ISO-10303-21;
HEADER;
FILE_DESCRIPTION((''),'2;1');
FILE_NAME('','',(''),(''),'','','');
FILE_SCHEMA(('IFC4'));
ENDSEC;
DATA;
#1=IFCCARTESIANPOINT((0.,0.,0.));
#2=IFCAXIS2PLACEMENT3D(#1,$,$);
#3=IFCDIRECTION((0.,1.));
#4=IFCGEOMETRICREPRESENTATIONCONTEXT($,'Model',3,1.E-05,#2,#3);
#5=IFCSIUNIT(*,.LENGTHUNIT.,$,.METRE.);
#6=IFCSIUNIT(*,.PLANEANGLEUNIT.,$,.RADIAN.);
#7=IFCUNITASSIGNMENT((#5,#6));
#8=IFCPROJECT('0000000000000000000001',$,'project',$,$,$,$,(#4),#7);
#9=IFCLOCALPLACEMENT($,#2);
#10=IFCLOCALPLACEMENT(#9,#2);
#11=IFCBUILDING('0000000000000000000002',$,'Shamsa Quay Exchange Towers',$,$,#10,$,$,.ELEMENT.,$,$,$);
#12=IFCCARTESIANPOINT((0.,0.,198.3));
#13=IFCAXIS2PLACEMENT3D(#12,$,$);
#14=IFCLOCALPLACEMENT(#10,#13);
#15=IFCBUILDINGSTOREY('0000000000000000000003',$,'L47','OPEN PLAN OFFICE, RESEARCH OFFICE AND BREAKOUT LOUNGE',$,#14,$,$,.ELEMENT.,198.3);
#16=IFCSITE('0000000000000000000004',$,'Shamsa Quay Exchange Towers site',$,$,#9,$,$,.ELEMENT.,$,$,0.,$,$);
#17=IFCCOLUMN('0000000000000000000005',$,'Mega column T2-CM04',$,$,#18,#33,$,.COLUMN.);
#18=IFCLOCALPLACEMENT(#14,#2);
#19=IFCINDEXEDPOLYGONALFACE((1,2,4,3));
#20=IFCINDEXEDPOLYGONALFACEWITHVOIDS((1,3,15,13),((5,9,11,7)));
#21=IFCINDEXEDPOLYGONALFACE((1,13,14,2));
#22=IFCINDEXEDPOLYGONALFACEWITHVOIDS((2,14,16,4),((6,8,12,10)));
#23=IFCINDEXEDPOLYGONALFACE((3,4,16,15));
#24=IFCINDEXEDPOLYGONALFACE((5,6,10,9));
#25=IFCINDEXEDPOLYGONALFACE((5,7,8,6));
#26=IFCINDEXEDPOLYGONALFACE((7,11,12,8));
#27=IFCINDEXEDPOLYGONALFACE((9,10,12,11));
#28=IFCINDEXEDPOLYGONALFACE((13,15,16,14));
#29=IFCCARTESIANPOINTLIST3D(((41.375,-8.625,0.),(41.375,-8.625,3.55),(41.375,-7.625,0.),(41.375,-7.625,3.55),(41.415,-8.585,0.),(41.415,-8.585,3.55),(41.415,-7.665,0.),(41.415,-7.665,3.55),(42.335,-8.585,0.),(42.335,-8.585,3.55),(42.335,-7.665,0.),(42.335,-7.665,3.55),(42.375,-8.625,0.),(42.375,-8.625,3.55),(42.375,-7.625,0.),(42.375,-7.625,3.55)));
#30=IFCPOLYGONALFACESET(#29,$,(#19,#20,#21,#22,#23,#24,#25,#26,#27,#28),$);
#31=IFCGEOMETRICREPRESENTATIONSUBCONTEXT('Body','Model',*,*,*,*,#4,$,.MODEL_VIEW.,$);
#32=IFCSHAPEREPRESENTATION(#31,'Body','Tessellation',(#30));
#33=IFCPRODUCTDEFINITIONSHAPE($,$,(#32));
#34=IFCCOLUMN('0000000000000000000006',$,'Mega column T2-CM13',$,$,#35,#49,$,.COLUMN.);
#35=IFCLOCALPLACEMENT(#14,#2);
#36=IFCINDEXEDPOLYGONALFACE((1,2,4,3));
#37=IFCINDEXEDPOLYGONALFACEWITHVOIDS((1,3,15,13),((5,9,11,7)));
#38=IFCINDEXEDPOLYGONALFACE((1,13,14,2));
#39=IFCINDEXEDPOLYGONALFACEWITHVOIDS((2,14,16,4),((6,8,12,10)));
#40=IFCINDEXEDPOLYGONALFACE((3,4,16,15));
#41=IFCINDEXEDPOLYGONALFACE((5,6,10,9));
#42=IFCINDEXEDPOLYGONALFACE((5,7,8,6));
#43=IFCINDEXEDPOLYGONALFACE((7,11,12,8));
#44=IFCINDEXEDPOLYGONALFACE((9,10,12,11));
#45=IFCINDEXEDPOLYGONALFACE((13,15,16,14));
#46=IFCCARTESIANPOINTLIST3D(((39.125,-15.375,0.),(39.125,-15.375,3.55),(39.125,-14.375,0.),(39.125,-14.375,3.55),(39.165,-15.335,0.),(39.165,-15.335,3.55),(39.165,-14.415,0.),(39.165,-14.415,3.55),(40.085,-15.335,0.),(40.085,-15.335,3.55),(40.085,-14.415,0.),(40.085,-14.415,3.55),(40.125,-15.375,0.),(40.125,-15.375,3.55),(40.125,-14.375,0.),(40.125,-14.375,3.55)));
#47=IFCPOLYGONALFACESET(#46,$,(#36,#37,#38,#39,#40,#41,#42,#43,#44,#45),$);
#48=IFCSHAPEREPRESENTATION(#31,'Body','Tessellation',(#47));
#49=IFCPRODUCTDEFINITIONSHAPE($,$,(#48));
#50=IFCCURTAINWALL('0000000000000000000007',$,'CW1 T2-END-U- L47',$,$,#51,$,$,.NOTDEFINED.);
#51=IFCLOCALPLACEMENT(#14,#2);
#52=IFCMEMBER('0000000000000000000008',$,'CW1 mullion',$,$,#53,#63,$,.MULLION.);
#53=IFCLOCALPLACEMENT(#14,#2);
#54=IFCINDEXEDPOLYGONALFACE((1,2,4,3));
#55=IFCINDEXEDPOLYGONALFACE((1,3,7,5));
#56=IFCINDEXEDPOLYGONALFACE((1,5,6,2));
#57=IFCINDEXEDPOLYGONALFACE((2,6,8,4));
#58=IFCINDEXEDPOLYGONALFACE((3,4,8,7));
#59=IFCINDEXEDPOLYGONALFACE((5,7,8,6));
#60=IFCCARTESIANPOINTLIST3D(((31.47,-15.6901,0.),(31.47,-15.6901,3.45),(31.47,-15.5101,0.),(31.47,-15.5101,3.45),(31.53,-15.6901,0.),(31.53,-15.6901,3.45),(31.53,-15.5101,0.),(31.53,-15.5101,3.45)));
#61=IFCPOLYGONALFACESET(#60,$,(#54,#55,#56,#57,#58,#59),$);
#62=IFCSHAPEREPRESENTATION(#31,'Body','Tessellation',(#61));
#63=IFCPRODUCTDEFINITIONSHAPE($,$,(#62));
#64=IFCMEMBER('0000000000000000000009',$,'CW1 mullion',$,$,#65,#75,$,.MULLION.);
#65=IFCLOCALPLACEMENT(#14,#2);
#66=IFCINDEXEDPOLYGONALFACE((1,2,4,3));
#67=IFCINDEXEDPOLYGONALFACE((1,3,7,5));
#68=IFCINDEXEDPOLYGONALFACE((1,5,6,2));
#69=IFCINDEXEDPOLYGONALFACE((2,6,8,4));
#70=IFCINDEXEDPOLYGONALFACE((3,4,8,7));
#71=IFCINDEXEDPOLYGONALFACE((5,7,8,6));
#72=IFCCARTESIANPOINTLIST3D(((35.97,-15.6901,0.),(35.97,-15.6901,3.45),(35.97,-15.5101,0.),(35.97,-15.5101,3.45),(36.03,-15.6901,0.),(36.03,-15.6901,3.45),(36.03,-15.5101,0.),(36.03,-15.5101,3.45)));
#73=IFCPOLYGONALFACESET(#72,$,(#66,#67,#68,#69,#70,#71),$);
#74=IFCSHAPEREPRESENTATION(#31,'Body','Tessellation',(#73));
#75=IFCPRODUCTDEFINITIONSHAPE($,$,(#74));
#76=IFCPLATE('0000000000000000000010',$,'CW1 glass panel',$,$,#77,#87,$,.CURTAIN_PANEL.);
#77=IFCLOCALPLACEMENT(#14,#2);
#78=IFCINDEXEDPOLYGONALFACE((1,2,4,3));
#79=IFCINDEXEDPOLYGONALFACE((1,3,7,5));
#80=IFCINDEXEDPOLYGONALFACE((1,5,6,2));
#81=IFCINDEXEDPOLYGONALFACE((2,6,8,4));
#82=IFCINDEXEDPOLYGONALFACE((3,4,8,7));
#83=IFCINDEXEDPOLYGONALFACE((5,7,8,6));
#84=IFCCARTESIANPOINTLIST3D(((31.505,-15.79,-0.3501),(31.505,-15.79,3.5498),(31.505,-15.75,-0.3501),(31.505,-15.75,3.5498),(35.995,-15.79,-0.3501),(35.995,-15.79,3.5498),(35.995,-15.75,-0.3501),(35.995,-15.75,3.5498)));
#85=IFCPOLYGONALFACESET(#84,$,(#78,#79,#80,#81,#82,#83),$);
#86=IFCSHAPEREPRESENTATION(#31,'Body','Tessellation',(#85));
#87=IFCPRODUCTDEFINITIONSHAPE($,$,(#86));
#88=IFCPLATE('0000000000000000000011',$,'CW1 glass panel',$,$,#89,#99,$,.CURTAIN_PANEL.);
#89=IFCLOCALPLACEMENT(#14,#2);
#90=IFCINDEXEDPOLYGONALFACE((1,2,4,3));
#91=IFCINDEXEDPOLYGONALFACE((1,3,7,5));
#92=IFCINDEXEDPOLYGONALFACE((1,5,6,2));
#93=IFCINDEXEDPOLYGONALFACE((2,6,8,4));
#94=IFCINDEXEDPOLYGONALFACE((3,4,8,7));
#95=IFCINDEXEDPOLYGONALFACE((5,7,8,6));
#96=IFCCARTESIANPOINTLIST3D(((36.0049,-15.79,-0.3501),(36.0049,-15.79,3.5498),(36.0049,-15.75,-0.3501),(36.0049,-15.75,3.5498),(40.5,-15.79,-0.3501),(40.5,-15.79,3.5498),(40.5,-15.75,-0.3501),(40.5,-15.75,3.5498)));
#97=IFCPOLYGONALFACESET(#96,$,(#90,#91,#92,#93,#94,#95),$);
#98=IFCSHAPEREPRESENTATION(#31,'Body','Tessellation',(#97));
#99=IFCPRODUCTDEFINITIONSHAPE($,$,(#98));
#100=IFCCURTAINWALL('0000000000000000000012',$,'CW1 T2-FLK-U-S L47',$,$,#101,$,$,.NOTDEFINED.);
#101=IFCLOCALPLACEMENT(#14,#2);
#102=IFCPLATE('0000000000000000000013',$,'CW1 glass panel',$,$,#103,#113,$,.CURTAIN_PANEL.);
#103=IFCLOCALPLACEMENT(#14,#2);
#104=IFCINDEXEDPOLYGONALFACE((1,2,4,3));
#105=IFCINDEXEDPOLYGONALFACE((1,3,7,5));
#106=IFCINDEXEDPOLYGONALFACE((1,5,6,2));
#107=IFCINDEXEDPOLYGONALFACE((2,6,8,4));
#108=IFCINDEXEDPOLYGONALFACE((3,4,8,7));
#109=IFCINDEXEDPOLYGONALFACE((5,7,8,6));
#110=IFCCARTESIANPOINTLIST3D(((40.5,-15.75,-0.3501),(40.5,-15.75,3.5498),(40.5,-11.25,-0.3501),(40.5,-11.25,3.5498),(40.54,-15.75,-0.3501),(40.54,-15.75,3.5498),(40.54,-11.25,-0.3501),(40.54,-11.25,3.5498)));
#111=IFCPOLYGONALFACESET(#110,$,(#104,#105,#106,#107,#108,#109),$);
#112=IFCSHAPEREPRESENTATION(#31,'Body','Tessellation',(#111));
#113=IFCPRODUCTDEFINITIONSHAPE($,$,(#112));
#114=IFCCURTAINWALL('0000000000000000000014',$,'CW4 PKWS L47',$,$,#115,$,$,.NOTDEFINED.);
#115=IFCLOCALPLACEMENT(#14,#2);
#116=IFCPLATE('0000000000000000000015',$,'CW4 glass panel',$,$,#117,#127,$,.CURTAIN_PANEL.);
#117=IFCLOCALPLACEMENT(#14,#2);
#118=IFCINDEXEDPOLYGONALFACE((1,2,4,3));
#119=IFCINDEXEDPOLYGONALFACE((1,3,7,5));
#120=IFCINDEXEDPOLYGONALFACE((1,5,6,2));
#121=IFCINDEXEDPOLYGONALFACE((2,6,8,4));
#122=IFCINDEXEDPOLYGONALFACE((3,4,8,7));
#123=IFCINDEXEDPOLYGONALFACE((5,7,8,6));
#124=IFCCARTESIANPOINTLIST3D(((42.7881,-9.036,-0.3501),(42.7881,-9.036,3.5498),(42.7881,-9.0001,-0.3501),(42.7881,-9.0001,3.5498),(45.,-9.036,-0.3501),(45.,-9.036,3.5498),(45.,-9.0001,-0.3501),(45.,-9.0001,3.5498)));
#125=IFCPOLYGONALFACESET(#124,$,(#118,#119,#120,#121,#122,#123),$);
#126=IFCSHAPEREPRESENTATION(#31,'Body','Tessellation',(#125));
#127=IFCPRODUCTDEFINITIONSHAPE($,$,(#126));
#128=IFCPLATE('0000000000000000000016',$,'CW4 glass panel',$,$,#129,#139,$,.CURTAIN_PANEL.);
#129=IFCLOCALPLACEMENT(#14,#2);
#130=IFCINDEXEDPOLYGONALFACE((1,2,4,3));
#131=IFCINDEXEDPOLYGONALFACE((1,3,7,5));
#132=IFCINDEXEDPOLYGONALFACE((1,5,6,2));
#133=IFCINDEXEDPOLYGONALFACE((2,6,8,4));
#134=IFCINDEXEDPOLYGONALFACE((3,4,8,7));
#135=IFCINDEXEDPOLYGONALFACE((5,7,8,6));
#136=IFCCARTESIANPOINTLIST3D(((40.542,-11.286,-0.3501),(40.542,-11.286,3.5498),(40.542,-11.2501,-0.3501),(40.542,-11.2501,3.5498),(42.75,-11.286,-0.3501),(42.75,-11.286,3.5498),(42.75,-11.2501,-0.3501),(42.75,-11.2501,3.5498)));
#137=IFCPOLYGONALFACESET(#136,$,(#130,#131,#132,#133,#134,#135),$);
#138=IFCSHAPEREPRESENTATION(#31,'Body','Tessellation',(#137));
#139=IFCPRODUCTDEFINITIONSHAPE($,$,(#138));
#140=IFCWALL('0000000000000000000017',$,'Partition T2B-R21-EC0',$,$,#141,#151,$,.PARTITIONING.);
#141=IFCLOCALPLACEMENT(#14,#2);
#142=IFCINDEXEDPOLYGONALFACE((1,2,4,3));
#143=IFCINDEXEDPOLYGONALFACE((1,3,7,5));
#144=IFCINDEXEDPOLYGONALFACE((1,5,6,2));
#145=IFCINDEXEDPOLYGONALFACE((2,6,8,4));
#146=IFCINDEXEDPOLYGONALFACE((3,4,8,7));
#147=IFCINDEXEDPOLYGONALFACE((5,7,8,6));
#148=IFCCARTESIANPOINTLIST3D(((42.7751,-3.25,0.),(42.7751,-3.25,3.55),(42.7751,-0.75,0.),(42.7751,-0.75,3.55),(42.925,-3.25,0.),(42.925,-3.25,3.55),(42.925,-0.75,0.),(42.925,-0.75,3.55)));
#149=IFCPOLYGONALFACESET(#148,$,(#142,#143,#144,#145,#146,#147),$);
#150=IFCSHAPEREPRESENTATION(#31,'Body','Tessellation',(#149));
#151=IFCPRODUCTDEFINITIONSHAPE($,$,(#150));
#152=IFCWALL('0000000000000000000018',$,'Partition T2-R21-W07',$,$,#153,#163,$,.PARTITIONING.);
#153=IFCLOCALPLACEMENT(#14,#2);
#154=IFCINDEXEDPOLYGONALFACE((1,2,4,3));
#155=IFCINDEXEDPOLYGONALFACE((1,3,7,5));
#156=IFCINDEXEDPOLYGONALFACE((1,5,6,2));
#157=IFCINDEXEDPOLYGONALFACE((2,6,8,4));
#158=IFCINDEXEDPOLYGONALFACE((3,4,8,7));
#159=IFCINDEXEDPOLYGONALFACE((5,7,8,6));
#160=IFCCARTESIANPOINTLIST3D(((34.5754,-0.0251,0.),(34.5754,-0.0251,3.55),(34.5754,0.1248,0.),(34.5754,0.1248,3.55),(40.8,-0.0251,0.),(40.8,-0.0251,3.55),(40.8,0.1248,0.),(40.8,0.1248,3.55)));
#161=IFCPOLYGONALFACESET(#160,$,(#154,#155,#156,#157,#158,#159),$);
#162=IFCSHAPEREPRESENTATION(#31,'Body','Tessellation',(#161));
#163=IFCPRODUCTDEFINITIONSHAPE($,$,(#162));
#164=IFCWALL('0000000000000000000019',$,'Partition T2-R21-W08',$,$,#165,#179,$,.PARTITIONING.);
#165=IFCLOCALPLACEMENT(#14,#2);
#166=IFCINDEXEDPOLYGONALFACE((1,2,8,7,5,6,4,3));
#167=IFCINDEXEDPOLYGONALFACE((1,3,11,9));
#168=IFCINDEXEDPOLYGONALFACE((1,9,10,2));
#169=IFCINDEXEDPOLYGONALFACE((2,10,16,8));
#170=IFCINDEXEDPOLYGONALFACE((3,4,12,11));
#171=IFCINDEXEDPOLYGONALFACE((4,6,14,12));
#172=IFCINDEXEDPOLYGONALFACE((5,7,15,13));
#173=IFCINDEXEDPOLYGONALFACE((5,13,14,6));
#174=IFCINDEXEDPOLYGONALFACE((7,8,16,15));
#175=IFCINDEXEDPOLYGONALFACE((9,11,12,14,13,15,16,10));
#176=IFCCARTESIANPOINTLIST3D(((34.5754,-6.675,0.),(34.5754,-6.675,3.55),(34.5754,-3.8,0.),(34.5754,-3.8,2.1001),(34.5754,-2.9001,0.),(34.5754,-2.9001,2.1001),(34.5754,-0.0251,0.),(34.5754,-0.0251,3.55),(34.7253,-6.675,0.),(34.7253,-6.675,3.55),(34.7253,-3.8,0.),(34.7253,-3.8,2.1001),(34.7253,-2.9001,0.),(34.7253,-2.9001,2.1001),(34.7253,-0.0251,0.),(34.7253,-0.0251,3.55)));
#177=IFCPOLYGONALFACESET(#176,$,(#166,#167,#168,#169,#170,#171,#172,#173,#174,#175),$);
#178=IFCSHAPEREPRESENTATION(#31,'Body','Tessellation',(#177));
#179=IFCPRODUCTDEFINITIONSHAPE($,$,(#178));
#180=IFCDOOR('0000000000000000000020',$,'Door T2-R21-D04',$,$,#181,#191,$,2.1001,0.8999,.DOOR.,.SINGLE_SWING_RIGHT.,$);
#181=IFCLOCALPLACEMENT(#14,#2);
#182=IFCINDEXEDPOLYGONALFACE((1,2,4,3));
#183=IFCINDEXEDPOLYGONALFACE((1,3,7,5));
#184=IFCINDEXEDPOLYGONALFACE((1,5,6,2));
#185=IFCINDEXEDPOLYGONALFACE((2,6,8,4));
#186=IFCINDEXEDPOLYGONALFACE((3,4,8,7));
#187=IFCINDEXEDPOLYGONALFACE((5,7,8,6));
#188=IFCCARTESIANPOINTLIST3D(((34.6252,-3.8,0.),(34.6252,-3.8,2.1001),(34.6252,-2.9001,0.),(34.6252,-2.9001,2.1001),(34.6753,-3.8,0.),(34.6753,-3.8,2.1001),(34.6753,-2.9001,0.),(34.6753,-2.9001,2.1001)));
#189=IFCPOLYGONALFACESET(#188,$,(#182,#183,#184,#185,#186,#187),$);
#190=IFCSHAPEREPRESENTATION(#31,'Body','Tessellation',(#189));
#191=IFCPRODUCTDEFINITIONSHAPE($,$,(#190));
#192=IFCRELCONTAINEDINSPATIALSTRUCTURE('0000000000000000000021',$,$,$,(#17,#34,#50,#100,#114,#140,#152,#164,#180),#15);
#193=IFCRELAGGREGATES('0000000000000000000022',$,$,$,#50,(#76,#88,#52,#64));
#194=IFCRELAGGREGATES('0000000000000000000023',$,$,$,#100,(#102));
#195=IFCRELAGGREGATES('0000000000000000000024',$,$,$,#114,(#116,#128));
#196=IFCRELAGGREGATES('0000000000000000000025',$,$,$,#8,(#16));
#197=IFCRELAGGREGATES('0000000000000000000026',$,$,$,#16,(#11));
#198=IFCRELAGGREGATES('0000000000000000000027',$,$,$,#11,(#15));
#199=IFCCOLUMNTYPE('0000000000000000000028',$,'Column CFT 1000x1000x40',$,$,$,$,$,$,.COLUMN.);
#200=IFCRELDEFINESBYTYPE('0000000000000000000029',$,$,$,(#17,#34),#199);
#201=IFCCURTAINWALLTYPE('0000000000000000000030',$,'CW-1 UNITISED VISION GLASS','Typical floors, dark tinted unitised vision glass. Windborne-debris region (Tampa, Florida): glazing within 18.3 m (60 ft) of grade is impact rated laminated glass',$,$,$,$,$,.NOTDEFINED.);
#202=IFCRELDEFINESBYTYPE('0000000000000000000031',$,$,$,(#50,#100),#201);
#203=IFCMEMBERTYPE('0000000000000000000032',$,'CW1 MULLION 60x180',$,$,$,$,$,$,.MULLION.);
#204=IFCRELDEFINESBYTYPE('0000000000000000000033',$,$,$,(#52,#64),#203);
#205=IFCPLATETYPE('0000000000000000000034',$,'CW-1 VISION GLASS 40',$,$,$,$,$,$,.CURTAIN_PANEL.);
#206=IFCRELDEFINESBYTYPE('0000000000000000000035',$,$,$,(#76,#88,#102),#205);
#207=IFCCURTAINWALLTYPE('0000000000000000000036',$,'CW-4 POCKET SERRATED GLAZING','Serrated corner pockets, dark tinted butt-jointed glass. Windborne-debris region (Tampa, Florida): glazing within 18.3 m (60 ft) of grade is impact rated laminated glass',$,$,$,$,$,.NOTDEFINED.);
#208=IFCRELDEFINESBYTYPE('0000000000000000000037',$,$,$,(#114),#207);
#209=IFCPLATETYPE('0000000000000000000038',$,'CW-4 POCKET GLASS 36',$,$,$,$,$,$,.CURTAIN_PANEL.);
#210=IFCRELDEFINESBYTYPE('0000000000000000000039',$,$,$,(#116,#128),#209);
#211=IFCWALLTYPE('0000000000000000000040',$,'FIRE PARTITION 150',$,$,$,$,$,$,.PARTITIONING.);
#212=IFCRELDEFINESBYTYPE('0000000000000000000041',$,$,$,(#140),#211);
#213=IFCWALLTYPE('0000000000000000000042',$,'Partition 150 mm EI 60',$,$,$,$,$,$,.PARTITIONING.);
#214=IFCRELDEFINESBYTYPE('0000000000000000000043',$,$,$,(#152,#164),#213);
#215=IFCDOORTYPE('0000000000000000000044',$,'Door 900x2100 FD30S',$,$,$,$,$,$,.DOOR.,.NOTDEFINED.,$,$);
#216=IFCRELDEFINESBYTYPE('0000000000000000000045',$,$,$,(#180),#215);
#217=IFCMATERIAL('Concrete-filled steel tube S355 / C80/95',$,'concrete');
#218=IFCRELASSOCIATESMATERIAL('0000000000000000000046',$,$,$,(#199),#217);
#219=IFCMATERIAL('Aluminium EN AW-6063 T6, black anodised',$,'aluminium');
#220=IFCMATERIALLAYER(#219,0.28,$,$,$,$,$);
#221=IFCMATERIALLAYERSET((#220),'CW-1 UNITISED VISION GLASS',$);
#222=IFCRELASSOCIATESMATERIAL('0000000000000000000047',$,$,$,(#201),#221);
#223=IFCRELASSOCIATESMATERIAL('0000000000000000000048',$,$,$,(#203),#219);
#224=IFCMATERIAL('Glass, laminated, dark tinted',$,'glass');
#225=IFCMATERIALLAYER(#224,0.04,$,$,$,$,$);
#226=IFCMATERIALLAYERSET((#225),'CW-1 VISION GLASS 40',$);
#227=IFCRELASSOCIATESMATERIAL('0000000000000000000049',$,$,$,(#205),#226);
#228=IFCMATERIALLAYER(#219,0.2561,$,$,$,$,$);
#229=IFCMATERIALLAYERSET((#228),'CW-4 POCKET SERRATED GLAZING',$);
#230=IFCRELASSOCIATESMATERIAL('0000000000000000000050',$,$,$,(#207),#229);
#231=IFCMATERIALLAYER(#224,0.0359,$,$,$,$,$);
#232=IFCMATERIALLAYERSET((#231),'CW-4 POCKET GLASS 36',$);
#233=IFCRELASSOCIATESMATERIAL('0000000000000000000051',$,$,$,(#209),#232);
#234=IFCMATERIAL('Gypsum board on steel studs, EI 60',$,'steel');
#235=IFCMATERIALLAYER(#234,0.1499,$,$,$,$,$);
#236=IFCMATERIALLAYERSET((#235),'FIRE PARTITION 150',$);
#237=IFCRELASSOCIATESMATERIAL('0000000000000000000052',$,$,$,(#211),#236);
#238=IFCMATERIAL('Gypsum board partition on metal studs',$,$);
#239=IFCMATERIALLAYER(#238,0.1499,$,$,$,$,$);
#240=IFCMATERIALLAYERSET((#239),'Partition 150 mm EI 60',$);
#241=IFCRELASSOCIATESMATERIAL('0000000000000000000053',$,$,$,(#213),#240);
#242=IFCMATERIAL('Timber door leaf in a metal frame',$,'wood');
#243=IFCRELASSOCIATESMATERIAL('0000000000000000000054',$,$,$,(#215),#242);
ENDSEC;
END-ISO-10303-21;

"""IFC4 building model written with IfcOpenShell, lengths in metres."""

from ifc_helpers import new_model, si_unit, direction, frame, frame_2d, origin, origin_2d, place, context, subcontext, project, spatial, rectangle, hollow_rectangle, extrude, material, layer, layer_set, material_profile, profile_set, type_object, element, fill, aggregate, save


model = new_model("IFC4")

# Units and contexts
model_context = context("Model", 3, precision=1e-05, world=origin(), true_north=direction((0.0, 1.0)))
body_context = subcontext(model_context, "Body", "Model", "MODEL_VIEW")
ifc_project = project(units=[si_unit("LENGTHUNIT", "METRE"), si_unit("PLANEANGLEUNIT", "RADIAN")], contexts=[model_context])

# Site, building, storey
site_placement = place(None, origin())
site = spatial("IfcSite", under=ifc_project, at=site_placement, Name="Shamsa Quay Exchange Towers site", CompositionType="ELEMENT", RefElevation=0.0)
building_placement = place(site_placement, origin())
building = spatial("IfcBuilding", under=site, at=building_placement, Name="Shamsa Quay Exchange Towers", CompositionType="ELEMENT")
storey_placement = place(building_placement, frame((0.0, 0.0, 198.3)))
storey = spatial("IfcBuildingStorey", under=building, at=storey_placement, Name="L47", Description="OPEN PLAN OFFICE, RESEARCH OFFICE AND BREAKOUT LOUNGE", CompositionType="ELEMENT", Elevation=198.3)

# Columns
ifc_material_1 = material(Name="Concrete-filled steel tube S355 / C80/95", Category="concrete")
ifc_material_profile_1 = material_profile(ifc_material_1, hollow_rectangle(XDim=1.0, YDim=1.0, WallThickness=0.04, at=origin_2d()), Name="CFT 1000x1000x40")
ifc_profile_set_1 = profile_set([ifc_material_profile_1], Name="Concrete-filled steel tube S355 / C80/95")
column_type = type_object("IfcColumnType", Name="Column CFT 1000x1000x40", PredefinedType="COLUMN", material=ifc_profile_set_1)
for number, where, name in (
    (1, (41.875, -8.125, 0.0), "Mega column T2-CM04"),
    (2, (39.625, -14.875, 0.0), "Mega column T2-CM13"),
):
    element("IfcColumn", number, at=place(storey_placement, frame(where)), inside=storey, type_object=column_type, Name=name, PredefinedType="COLUMN", context=body_context, shape_type="SweptSolid", body=[
        extrude(hollow_rectangle(XDim=1.0, YDim=1.0, WallThickness=0.04, at=origin_2d()), origin(), (0.0, 0.0, 1.0), 3.55),
    ])

# Curtain wall, members, plates
ifc_material_2 = material(Name="Aluminium EN AW-6063 T6, black anodised", Category="aluminium")
ifc_layer_1 = layer(ifc_material_2, 0.28)
ifc_layer_set_1 = layer_set([ifc_layer_1], Name="CW-1 UNITISED VISION GLASS")
curtain_wall_type_1 = type_object("IfcCurtainWallType", Name="CW-1 UNITISED VISION GLASS", Description="Typical floors, dark tinted unitised vision glass. Windborne-debris region (Tampa, Florida): glazing within 18.3 m (60 ft) of grade is impact rated laminated glass", PredefinedType="NOTDEFINED", material=ifc_layer_set_1)
curtain_wall_1_placement = place(storey_placement, origin())
curtain_wall_1 = element("IfcCurtainWall", 3, at=curtain_wall_1_placement, inside=storey, type_object=curtain_wall_type_1, Name="CW1 T2-END-U- L47", PredefinedType="NOTDEFINED")
ifc_material_profile_2 = material_profile(ifc_material_2, rectangle(XDim=0.1799, YDim=0.0601, at=origin_2d()), Name="MU60x180")
ifc_profile_set_2 = profile_set([ifc_material_profile_2], Name="Aluminium EN AW-6063 T6, black anodised")
member_type = type_object("IfcMemberType", Name="CW1 MULLION 60x180", PredefinedType="MULLION", material=ifc_profile_set_2)
member_1_placement = place(storey_placement, frame((31.5, -15.6001, 0.0), z_axis=(0.0, 0.0, 1.0), x_axis=(0.0, 1.0, 0.0)))
member_1 = element("IfcMember", 4, at=member_1_placement, type_object=member_type, Name="CW1 mullion", PredefinedType="MULLION", context=body_context, shape_type="SweptSolid", body=[
    extrude(rectangle(XDim=0.1799, YDim=0.0601, at=origin_2d()), origin(), (0.0, 0.0, 1.0), 3.45),
])
member_2_placement = place(storey_placement, frame((36.0, -15.6001, 0.0), z_axis=(0.0, 0.0, 1.0), x_axis=(0.0, 1.0, 0.0)))
member_2 = element("IfcMember", 5, at=member_2_placement, type_object=member_type, Name="CW1 mullion", PredefinedType="MULLION", context=body_context, shape_type="SweptSolid", body=[
    extrude(rectangle(XDim=0.1799, YDim=0.0601, at=origin_2d()), origin(), (0.0, 0.0, 1.0), 3.45),
])
ifc_material_3 = material(Name="Glass, laminated, dark tinted", Category="glass")
ifc_layer_2 = layer(ifc_material_3, 0.04)
ifc_layer_set_2 = layer_set([ifc_layer_2], Name="CW-1 VISION GLASS 40")
plate_type_1 = type_object("IfcPlateType", Name="CW-1 VISION GLASS 40", PredefinedType="CURTAIN_PANEL", material=ifc_layer_set_2)
plate_1_placement = place(storey_placement, frame((33.75, -15.77, -0.3501)))
plate_1 = element("IfcPlate", 6, at=plate_1_placement, type_object=plate_type_1, Name="CW1 glass panel", PredefinedType="CURTAIN_PANEL", context=body_context, shape_type="SweptSolid", body=[
    extrude(rectangle(XDim=4.49, YDim=0.04, at=origin_2d()), origin(), (0.0, 0.0, 1.0), 3.8999),
])
plate_2_placement = place(storey_placement, frame((38.2524, -15.77, -0.3501)))
plate_2 = element("IfcPlate", 7, at=plate_2_placement, type_object=plate_type_1, Name="CW1 glass panel", PredefinedType="CURTAIN_PANEL", context=body_context, shape_type="SweptSolid", body=[
    extrude(rectangle(XDim=4.4951, YDim=0.04, at=origin_2d()), origin(), (0.0, 0.0, 1.0), 3.8999),
])
aggregate(curtain_wall_1, [plate_1, plate_2, member_1, member_2])

# Curtain wall, plate
curtain_wall_2_placement = place(storey_placement, origin())
curtain_wall_2 = element("IfcCurtainWall", 8, at=curtain_wall_2_placement, inside=storey, type_object=curtain_wall_type_1, Name="CW1 T2-FLK-U-S L47", PredefinedType="NOTDEFINED")
plate_3_placement = place(storey_placement, frame((40.52, -13.5, -0.3501), z_axis=(0.0, 0.0, 1.0), x_axis=(0.0, 1.0, 0.0)))
plate_3 = element("IfcPlate", 9, at=plate_3_placement, type_object=plate_type_1, Name="CW1 glass panel", PredefinedType="CURTAIN_PANEL", context=body_context, shape_type="SweptSolid", body=[
    extrude(rectangle(XDim=4.5, YDim=0.04, at=origin_2d()), origin(), (0.0, 0.0, 1.0), 3.8999),
])
aggregate(curtain_wall_2, [plate_3])

# Curtain wall, plates
ifc_layer_3 = layer(ifc_material_2, 0.2561)
ifc_layer_set_3 = layer_set([ifc_layer_3], Name="CW-4 POCKET SERRATED GLAZING")
curtain_wall_type_2 = type_object("IfcCurtainWallType", Name="CW-4 POCKET SERRATED GLAZING", Description="Serrated corner pockets, dark tinted butt-jointed glass. Windborne-debris region (Tampa, Florida): glazing within 18.3 m (60 ft) of grade is impact rated laminated glass", PredefinedType="NOTDEFINED", material=ifc_layer_set_3)
curtain_wall_3_placement = place(storey_placement, origin())
curtain_wall_3 = element("IfcCurtainWall", 10, at=curtain_wall_3_placement, inside=storey, type_object=curtain_wall_type_2, Name="CW4 PKWS L47", PredefinedType="NOTDEFINED")
ifc_layer_4 = layer(ifc_material_3, 0.0359)
ifc_layer_set_4 = layer_set([ifc_layer_4], Name="CW-4 POCKET GLASS 36")
plate_type_2 = type_object("IfcPlateType", Name="CW-4 POCKET GLASS 36", PredefinedType="CURTAIN_PANEL", material=ifc_layer_set_4)
plate_4_placement = place(storey_placement, frame((43.894, -9.0181, -0.3501)))
plate_4 = element("IfcPlate", 11, at=plate_4_placement, type_object=plate_type_2, Name="CW4 glass panel", PredefinedType="CURTAIN_PANEL", context=body_context, shape_type="SweptSolid", body=[
    extrude(rectangle(XDim=2.2119, YDim=0.0359, at=origin_2d()), origin(), (0.0, 0.0, 1.0), 3.8999),
])
plate_5_placement = place(storey_placement, frame((41.646, -11.2681, -0.3501)))
plate_5 = element("IfcPlate", 12, at=plate_5_placement, type_object=plate_type_2, Name="CW4 glass panel", PredefinedType="CURTAIN_PANEL", context=body_context, shape_type="SweptSolid", body=[
    extrude(rectangle(XDim=2.208, YDim=0.0359, at=origin_2d()), origin(), (0.0, 0.0, 1.0), 3.8999),
])
aggregate(curtain_wall_3, [plate_4, plate_5])

# Walls
ifc_material_4 = material(Name="Gypsum board on steel studs, EI 60", Category="steel")
ifc_layer_5 = layer(ifc_material_4, 0.1499)
ifc_layer_set_5 = layer_set([ifc_layer_5], Name="FIRE PARTITION 150")
wall_type_1 = type_object("IfcWallType", Name="FIRE PARTITION 150", PredefinedType="PARTITIONING", material=ifc_layer_set_5)
wall_1_placement = place(storey_placement, frame((42.8501, -3.25, 0.0), z_axis=(0.0, 0.0, 1.0), x_axis=(0.0, 1.0, 0.0)))
element("IfcWall", 13, at=wall_1_placement, inside=storey, type_object=wall_type_1, Name="Partition T2B-R21-EC0", PredefinedType="PARTITIONING", context=body_context, shape_type="SweptSolid", body=[
    extrude(rectangle(XDim=2.5, YDim=0.1499, at=frame_2d((1.25, 0.0))), origin(), (0.0, 0.0, 1.0), 3.55),
])
ifc_material_5 = material(Name="Gypsum board partition on metal studs")
ifc_layer_6 = layer(ifc_material_5, 0.1499)
ifc_layer_set_6 = layer_set([ifc_layer_6], Name="Partition 150 mm EI 60")
wall_type_2 = type_object("IfcWallType", Name="Partition 150 mm EI 60", PredefinedType="PARTITIONING", material=ifc_layer_set_6)
wall_2_placement = place(storey_placement, frame((40.8, 0.0498, 0.0), z_axis=(0.0, 0.0, 1.0), x_axis=(-1.0, 0.0, 0.0)))
element("IfcWall", 14, at=wall_2_placement, inside=storey, type_object=wall_type_2, Name="Partition T2-R21-W07", PredefinedType="PARTITIONING", context=body_context, shape_type="SweptSolid", body=[
    extrude(rectangle(XDim=6.2246, YDim=0.1499, at=frame_2d((3.1123, 0.0))), origin(), (0.0, 0.0, 1.0), 3.55),
])

# Wall, opening, door
wall_3_placement = place(storey_placement, frame((34.6504, -0.0251, 0.0), z_axis=(0.0, 0.0, 1.0), x_axis=(0.0, -1.0, 0.0)))
wall_3 = element("IfcWall", 15, at=wall_3_placement, inside=storey, type_object=wall_type_2, Name="Partition T2-R21-W08", PredefinedType="PARTITIONING", context=body_context, shape_type="SweptSolid", body=[
    extrude(rectangle(XDim=6.6499, YDim=0.1499, at=frame_2d((3.325, 0.0))), origin(), (0.0, 0.0, 1.0), 3.55),
])
opening_1_placement = place(wall_3_placement, frame((2.875, 0.0, 0.0)))
opening_1 = element("IfcOpeningElement", 16, at=opening_1_placement, cuts=wall_3, PredefinedType="OPENING", context=body_context, shape_type="SweptSolid", body=[
    extrude(rectangle(XDim=0.8999, YDim=2.1001, at=frame_2d((0.45, 1.05))), frame((0.0, 0.085, 0.0), z_axis=(0.0, -1.0, 0.0), x_axis=(1.0, 0.0, 0.0)), (0.0, 0.0, 1.0), 0.1699),
])
ifc_material_6 = material(Name="Timber door leaf in a metal frame", Category="wood")
door_type_1 = type_object("IfcDoorType", Name="Door 900x2100 FD30S", OperationType="NOTDEFINED", PredefinedType="DOOR", material=ifc_material_6)
door_1_placement = place(opening_1_placement, origin())
door_1 = element("IfcDoor", 17, at=door_1_placement, inside=storey, type_object=door_type_1, Name="Door T2-R21-D04", OperationType="SINGLE_SWING_RIGHT", OverallHeight=2.1001, OverallWidth=0.8999, PredefinedType="DOOR", context=body_context, shape_type="SweptSolid", body=[
    extrude(rectangle(XDim=0.8999, YDim=2.1001, at=frame_2d((0.45, 1.05))), frame((0.0, 0.0249, 0.0), z_axis=(0.0, -1.0, 0.0), x_axis=(1.0, 0.0, 0.0)), (0.0, 0.0, 1.0), 0.05),
])
fill(opening_1, door_1)

save(model, "model.ifc")
